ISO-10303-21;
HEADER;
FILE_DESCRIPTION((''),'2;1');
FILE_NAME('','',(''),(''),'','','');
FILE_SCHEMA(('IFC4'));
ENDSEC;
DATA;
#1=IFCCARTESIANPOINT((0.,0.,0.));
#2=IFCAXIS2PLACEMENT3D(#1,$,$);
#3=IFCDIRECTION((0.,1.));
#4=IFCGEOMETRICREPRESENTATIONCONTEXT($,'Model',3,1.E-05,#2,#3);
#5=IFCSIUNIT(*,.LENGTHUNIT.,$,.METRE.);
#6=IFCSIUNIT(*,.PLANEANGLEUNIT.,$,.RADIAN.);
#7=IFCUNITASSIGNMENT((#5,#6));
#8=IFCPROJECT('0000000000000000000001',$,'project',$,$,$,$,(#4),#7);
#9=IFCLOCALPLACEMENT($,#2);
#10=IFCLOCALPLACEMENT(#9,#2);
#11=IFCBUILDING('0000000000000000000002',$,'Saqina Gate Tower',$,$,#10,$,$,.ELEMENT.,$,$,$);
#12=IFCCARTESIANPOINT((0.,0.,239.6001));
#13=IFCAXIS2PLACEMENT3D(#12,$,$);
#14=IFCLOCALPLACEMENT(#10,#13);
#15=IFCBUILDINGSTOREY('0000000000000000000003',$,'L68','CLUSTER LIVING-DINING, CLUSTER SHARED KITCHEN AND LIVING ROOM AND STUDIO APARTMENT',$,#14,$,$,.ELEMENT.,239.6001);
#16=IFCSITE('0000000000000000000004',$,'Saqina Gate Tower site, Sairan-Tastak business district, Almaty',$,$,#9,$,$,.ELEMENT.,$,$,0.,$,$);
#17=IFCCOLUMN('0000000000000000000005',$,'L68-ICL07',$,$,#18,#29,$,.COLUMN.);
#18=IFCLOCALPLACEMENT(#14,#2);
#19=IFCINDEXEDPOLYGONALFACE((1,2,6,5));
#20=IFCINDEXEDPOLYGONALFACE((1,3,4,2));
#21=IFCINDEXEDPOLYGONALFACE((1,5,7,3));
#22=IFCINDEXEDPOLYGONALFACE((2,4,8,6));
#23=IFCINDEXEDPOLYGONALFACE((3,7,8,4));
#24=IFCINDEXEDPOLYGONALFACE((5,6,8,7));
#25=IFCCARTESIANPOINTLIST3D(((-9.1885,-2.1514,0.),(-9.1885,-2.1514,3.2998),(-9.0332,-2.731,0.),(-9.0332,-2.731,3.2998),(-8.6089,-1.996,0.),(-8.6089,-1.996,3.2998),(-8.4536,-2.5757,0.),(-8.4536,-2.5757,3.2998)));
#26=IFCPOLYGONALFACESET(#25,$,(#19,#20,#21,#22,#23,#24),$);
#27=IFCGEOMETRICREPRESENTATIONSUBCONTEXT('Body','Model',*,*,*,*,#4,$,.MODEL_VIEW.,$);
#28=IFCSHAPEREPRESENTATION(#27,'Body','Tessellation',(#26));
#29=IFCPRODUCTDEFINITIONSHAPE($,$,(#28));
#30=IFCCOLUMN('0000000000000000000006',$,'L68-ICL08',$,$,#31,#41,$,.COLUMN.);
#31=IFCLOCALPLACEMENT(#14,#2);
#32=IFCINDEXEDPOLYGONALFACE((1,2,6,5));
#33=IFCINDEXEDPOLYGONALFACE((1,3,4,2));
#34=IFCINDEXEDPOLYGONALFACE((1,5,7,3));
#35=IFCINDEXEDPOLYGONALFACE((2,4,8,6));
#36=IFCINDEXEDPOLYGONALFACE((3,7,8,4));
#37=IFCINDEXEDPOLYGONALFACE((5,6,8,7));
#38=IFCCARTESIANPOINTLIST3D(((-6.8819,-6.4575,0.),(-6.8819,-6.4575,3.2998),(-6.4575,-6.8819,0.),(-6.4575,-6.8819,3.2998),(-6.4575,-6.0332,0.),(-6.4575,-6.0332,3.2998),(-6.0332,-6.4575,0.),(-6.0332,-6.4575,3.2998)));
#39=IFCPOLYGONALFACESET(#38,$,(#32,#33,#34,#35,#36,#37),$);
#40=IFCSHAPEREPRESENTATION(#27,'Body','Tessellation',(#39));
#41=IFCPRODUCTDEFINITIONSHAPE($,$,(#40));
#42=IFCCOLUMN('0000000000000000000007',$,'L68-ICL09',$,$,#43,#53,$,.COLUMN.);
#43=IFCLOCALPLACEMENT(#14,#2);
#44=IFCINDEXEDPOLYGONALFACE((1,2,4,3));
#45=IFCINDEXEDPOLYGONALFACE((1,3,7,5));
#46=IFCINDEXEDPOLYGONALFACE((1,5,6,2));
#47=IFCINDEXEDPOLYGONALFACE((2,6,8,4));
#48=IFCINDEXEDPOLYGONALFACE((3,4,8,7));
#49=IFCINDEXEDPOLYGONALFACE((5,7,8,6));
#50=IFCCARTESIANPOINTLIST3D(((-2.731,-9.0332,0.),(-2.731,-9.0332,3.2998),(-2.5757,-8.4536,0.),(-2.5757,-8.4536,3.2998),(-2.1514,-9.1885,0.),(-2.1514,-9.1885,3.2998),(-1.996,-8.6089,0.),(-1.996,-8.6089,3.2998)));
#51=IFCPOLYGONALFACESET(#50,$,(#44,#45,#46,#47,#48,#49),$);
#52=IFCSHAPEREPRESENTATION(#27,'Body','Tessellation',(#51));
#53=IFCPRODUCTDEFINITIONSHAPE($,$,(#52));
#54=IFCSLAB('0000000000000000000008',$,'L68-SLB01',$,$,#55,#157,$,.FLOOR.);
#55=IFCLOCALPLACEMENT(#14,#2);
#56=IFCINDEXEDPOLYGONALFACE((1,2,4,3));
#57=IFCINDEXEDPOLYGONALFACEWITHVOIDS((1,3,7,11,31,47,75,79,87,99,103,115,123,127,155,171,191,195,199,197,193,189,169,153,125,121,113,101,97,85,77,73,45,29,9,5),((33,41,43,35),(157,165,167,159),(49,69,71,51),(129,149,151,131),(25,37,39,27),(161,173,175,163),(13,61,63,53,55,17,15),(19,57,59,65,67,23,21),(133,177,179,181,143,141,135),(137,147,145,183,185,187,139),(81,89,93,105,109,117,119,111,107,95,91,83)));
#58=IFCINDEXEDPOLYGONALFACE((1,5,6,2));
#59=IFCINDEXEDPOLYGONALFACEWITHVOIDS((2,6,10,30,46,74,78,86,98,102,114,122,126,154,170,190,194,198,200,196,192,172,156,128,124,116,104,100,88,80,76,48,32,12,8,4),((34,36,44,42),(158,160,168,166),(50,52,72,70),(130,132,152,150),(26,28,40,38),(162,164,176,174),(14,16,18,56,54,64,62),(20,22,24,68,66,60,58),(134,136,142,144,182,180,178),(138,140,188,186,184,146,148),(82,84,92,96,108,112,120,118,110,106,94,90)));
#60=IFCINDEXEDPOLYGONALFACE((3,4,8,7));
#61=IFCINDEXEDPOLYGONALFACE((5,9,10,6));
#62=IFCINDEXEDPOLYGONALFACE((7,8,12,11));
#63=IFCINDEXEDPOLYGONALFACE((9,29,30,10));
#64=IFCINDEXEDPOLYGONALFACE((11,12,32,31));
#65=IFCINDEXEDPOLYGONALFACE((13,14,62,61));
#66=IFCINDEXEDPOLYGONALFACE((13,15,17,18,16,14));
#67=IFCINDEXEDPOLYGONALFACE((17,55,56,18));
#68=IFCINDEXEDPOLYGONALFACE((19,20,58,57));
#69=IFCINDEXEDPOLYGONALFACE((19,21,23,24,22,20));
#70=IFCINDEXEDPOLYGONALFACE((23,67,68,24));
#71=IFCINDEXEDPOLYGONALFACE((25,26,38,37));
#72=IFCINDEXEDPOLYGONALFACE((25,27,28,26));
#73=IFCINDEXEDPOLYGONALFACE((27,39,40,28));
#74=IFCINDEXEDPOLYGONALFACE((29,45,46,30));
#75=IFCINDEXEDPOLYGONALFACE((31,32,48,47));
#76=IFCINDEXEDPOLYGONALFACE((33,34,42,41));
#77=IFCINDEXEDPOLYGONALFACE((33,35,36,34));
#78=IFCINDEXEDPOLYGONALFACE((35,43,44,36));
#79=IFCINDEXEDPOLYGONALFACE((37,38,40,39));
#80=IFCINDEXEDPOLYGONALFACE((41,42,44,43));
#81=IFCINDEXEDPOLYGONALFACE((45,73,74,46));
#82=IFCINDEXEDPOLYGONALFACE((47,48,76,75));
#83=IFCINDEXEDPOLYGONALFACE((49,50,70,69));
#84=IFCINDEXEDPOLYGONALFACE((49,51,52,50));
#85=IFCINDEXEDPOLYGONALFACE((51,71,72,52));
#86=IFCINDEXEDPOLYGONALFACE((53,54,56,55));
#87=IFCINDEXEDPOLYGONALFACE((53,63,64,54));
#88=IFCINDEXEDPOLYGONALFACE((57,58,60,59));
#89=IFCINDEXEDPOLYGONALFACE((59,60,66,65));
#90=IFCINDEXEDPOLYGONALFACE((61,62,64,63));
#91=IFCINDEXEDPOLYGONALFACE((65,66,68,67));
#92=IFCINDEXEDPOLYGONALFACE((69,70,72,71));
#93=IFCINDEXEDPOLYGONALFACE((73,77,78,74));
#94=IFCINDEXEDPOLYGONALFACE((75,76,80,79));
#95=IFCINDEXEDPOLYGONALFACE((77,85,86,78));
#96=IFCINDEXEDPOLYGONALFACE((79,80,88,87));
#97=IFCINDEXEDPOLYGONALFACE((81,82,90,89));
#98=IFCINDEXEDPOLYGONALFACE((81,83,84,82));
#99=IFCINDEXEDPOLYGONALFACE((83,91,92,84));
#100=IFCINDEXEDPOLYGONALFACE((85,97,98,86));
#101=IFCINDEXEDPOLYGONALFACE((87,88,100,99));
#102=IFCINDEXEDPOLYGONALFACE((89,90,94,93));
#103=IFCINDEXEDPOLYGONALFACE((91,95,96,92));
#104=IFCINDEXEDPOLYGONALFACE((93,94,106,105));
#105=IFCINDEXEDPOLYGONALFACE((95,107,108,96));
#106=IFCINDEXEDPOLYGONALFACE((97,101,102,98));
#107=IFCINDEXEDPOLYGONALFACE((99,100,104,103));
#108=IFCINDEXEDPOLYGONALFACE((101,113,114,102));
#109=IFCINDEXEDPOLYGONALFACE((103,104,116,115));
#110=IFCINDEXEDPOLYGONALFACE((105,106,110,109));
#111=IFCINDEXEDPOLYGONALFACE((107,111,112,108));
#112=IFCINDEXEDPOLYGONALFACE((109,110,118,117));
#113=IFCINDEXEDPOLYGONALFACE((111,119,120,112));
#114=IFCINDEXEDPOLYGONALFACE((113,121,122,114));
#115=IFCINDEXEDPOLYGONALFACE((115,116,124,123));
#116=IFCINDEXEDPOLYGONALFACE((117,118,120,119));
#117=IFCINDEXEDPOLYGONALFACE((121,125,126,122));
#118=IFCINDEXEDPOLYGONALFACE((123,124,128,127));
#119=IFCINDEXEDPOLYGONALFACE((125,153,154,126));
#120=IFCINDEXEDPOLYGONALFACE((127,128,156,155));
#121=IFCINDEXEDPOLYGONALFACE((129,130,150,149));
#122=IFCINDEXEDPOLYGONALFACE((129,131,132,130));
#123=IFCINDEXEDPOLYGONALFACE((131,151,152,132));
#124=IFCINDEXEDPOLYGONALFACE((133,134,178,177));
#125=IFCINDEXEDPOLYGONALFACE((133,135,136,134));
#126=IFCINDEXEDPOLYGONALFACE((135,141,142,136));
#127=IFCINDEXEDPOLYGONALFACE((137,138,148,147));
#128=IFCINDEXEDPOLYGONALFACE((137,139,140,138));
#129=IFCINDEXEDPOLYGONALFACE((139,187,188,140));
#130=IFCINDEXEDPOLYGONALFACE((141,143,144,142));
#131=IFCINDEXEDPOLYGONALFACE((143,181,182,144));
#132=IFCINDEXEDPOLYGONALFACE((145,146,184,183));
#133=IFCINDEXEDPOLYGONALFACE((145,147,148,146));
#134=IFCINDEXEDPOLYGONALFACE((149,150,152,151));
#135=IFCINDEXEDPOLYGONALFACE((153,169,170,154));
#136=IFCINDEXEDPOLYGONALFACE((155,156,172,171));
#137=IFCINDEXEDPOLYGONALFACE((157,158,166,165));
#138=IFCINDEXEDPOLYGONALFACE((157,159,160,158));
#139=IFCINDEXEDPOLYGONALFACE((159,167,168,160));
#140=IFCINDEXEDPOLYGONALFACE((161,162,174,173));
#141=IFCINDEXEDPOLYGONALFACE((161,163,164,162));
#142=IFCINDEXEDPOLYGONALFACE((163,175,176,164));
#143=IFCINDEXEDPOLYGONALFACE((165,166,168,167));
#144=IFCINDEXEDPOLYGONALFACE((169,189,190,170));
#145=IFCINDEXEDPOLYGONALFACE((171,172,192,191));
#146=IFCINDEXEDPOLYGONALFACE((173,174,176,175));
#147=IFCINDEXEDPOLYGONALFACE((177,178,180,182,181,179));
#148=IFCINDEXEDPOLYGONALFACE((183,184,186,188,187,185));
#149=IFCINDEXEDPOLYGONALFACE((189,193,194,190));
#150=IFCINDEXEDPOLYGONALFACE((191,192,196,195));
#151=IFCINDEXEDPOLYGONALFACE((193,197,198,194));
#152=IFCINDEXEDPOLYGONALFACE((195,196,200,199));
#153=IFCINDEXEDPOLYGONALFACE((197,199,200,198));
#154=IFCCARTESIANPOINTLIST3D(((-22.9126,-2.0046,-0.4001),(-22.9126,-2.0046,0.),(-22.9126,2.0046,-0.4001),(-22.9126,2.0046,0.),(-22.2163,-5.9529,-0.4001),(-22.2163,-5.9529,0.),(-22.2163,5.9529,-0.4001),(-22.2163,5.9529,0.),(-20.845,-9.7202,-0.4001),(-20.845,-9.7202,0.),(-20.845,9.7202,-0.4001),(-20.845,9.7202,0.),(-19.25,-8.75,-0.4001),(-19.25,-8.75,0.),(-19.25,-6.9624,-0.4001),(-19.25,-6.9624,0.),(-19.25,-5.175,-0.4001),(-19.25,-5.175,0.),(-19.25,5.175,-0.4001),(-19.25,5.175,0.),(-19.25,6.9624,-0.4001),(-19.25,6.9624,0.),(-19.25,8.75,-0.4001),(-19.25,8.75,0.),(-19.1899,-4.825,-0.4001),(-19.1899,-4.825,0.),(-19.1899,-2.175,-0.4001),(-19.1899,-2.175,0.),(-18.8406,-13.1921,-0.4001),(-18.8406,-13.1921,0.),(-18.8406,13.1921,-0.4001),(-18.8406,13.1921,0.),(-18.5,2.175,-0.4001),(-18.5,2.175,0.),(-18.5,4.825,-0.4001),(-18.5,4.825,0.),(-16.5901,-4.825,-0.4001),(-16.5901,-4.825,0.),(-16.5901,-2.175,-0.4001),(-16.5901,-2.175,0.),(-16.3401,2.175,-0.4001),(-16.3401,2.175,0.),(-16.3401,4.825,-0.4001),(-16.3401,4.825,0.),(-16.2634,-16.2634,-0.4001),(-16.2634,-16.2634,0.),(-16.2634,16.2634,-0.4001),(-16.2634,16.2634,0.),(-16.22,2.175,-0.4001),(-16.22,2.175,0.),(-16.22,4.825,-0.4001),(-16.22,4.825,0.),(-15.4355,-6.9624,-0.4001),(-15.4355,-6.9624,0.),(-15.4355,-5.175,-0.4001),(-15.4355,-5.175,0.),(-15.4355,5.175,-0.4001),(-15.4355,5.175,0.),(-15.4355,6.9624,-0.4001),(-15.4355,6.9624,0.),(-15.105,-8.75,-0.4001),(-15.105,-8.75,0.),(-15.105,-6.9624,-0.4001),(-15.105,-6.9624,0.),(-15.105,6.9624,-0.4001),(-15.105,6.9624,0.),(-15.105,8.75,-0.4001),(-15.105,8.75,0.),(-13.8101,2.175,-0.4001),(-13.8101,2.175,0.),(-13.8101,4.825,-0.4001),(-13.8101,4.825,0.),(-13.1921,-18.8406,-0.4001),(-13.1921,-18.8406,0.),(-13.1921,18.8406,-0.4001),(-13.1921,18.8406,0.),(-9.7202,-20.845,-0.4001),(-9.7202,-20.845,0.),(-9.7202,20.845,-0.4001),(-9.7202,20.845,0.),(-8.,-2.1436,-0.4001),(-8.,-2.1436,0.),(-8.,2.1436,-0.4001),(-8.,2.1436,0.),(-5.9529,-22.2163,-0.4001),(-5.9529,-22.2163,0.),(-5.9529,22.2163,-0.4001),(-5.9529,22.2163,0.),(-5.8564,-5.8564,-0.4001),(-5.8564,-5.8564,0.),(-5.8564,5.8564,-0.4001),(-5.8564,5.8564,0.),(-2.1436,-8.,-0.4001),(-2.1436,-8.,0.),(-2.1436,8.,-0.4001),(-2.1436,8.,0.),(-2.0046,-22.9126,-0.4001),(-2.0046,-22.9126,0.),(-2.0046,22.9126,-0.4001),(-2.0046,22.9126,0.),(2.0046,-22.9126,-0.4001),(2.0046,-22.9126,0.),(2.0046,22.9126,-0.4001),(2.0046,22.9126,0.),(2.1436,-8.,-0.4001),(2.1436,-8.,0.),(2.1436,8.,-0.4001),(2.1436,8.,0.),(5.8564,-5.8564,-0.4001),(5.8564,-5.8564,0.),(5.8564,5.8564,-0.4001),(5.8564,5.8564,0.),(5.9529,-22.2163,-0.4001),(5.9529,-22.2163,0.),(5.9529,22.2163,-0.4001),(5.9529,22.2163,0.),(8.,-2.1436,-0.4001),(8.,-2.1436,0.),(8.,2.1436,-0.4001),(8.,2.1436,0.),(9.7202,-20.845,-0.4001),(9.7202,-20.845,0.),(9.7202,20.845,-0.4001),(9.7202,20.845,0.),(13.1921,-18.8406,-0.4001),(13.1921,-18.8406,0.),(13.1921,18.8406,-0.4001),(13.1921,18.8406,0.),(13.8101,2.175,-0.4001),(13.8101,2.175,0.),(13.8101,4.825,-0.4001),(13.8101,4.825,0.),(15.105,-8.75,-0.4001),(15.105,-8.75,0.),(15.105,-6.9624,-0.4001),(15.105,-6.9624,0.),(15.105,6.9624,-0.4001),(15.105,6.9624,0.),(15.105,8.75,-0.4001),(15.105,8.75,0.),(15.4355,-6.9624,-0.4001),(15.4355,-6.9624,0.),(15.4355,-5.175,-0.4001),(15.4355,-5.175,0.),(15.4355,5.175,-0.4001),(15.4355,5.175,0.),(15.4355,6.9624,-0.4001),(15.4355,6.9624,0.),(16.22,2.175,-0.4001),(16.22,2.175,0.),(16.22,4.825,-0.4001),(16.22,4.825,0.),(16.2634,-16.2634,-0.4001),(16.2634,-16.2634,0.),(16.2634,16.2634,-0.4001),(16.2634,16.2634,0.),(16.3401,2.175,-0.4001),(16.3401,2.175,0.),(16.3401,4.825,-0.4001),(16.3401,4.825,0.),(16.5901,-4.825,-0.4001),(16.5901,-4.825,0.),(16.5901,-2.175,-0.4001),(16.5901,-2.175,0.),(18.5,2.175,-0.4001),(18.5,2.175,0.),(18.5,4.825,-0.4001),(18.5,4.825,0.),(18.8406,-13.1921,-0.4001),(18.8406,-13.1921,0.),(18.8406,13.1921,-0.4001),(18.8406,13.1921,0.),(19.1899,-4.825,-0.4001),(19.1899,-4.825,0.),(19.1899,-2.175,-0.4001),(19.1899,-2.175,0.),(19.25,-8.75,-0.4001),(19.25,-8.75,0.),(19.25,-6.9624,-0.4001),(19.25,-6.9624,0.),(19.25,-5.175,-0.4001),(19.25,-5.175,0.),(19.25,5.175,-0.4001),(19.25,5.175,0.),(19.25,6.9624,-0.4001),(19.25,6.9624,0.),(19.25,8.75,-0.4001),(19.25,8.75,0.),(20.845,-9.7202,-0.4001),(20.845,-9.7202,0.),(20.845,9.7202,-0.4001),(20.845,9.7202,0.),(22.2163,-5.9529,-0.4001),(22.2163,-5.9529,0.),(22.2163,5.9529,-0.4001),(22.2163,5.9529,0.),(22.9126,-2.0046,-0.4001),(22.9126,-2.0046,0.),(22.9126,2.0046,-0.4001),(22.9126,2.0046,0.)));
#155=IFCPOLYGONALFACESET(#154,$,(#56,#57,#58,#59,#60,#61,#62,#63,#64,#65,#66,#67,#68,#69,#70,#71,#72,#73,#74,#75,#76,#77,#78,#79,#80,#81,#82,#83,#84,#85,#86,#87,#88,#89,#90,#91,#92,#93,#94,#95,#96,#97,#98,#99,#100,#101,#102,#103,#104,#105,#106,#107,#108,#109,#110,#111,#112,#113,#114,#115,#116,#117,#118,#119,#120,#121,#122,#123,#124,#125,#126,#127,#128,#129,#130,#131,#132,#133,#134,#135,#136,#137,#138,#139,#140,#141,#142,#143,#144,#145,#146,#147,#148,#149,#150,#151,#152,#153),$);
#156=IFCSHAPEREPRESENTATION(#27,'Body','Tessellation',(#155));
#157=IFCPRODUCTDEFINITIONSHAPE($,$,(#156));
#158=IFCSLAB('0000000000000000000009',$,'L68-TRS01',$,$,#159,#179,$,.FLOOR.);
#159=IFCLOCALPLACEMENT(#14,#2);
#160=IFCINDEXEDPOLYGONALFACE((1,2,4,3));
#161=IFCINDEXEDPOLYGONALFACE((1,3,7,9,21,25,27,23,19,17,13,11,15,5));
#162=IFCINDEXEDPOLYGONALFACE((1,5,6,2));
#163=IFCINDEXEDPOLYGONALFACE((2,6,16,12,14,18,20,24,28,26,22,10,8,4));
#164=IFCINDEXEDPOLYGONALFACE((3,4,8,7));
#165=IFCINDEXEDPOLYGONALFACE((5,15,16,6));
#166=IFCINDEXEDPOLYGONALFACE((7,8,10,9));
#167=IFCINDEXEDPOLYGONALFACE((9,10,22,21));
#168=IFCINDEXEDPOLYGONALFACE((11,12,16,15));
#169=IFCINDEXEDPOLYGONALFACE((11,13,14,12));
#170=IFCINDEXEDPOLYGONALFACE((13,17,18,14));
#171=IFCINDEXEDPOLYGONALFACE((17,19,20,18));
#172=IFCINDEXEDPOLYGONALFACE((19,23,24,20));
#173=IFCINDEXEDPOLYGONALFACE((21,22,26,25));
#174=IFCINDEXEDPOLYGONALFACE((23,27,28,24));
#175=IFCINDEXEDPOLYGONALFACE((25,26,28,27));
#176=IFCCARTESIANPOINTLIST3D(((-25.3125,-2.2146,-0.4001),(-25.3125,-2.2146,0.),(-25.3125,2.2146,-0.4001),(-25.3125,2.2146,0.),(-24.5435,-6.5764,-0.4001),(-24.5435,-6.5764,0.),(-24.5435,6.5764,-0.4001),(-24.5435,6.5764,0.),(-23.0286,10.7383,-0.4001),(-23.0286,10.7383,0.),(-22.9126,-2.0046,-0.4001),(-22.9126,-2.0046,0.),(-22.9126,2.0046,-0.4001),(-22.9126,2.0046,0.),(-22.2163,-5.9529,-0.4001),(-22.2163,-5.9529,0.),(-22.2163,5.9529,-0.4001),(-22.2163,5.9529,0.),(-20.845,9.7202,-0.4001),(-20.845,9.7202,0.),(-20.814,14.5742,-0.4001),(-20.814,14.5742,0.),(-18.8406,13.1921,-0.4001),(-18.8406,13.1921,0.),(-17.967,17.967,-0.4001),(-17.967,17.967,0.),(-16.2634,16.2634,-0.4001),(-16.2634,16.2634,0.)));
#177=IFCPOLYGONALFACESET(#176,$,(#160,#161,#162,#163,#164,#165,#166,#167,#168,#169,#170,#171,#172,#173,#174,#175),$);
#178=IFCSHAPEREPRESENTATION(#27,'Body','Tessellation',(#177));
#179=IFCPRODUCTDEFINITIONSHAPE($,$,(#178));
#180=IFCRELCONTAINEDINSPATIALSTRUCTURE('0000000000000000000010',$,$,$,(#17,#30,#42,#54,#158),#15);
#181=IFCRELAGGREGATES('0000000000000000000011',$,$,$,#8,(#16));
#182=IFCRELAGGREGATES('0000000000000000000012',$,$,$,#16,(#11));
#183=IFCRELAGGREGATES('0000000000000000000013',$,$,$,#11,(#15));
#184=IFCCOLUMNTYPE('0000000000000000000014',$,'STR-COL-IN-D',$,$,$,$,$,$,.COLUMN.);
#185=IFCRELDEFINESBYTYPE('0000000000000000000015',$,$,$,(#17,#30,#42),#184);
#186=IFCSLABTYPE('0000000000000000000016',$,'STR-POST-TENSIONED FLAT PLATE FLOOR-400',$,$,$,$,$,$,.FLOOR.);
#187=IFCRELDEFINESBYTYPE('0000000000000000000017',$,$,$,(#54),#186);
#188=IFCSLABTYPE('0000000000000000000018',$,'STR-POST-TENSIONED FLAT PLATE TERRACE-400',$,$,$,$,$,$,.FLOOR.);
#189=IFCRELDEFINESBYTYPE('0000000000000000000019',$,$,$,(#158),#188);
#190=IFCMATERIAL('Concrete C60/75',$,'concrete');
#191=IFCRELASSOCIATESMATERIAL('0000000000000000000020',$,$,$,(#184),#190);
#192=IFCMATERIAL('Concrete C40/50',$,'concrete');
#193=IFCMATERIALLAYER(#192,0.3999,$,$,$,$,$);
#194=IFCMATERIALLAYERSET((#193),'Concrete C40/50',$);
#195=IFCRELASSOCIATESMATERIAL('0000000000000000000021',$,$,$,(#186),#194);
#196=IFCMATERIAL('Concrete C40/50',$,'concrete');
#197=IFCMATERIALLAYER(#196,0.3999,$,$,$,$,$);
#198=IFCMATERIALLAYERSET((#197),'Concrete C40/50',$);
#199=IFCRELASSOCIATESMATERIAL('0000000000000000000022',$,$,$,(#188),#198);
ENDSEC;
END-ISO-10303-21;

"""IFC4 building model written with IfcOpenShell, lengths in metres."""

from ifc_helpers import new_model, si_unit, direction, frame, origin, origin_2d, place, context, subcontext, project, spatial, polyline, rectangle, outline, extrude, material, layer, layer_set, material_profile, profile_set, type_object, element, save


model = new_model("IFC4")

# Units and contexts
model_context = context("Model", 3, precision=1e-05, world=origin(), true_north=direction((0.0, 1.0)))
body_context = subcontext(model_context, "Body", "Model", "MODEL_VIEW")
ifc_project = project(units=[si_unit("LENGTHUNIT", "METRE"), si_unit("PLANEANGLEUNIT", "RADIAN")], contexts=[model_context])

# Site, building, storey
site_placement = place(None, origin())
site = spatial("IfcSite", under=ifc_project, at=site_placement, Name="Saqina Gate Tower site, Sairan-Tastak business district, Almaty", CompositionType="ELEMENT", RefElevation=0.0)
building_placement = place(site_placement, origin())
building = spatial("IfcBuilding", under=site, at=building_placement, Name="Saqina Gate Tower", CompositionType="ELEMENT")
storey_placement = place(building_placement, frame((0.0, 0.0, 239.6001)))
storey = spatial("IfcBuildingStorey", under=building, at=storey_placement, Name="L68", Description="CLUSTER LIVING-DINING, CLUSTER SHARED KITCHEN AND LIVING ROOM AND STUDIO APARTMENT", CompositionType="ELEMENT", Elevation=239.6001)

# Columns
ifc_material_1 = material(Name="Concrete C60/75", Category="concrete")
ifc_material_profile = material_profile(ifc_material_1, rectangle(XDim=0.6001, YDim=0.6001, at=origin_2d()), Name="RC 600x600")
ifc_profile_set = profile_set([ifc_material_profile], Name="Concrete C60/75")
column_type = type_object("IfcColumnType", Name="STR-COL-IN-D", PredefinedType="COLUMN", material=ifc_profile_set)
for number, where, z_axis, x_axis, name in (
    (1, (-8.821, -2.3635, 0.0), (0.0, 0.0, 1.0), (-0.965926, -0.258819, 0.0), "L68-ICL07"),
    (2, (-6.4575, -6.4575, 0.0), (0.0, 0.0, 1.0), (-0.707107, -0.707107, 0.0), "L68-ICL08"),
    (3, (-2.3635, -8.821, 0.0), (0.0, 0.0, 1.0), (-0.258819, -0.965926, 0.0), "L68-ICL09"),
):
    element("IfcColumn", number, at=place(storey_placement, frame(where, z_axis=z_axis, x_axis=x_axis)), inside=storey, type_object=column_type, Name=name, PredefinedType="COLUMN", context=body_context, shape_type="SweptSolid", body=[
        extrude(rectangle(XDim=0.6001, YDim=0.6001, at=origin_2d()), origin(), (0.0, 0.0, 1.0), 3.2998),
    ])

# Slabs
ifc_material_2 = material(Name="Concrete C40/50", Category="concrete")
ifc_layer_1 = layer(ifc_material_2, 0.3999)
ifc_layer_set_1 = layer_set([ifc_layer_1], Name="Concrete C40/50")
slab_type_1 = type_object("IfcSlabType", Name="STR-POST-TENSIONED FLAT PLATE FLOOR-400", PredefinedType="FLOOR", material=ifc_layer_set_1)
slab_1_placement = place(storey_placement, frame((0.0, 0.0, -0.4001)))
element("IfcSlab", 4, at=slab_1_placement, inside=storey, type_object=slab_type_1, Name="L68-SLB01", PredefinedType="FLOOR", context=body_context, shape_type="SweptSolid", body=[
    extrude(outline(polyline([(22.2163, -5.9529), (22.9126, -2.0046), (22.9126, 2.0046), (22.2163, 5.9529), (20.845, 9.7202), (18.8406, 13.1921), (16.2634, 16.2634), (13.1921, 18.8406), (9.7202, 20.845), (5.9529, 22.2163), (2.0046, 22.9126), (-2.0046, 22.9126), (-5.9529, 22.2163), (-9.7202, 20.845), (-13.1921, 18.8406), (-16.2634, 16.2634), (-18.8406, 13.1921), (-20.845, 9.7202), (-22.2163, 5.9529), (-22.9126, 2.0046), (-22.9126, -2.0046), (-22.2163, -5.9529), (-20.845, -9.7202), (-18.8406, -13.1921), (-16.2634, -16.2634), (-13.1921, -18.8406), (-9.7202, -20.845), (-5.9529, -22.2163), (-2.0046, -22.9126), (2.0046, -22.9126), (5.9529, -22.2163), (9.7202, -20.845), (13.1921, -18.8406), (16.2634, -16.2634), (18.8406, -13.1921), (20.845, -9.7202), (22.2163, -5.9529)]), holes=[polyline([(2.1436, 8.0), (5.8564, 5.8564), (8.0, 2.1436), (8.0, -2.1436), (5.8564, -5.8564), (2.1436, -8.0), (-2.1436, -8.0), (-5.8564, -5.8564), (-8.0, -2.1436), (-8.0, 2.1436), (-5.8564, 5.8564), (-2.1436, 8.0), (2.1436, 8.0)]), polyline([(-15.105, -8.75), (-19.25, -8.75), (-19.25, -6.9624), (-19.25, -5.175), (-15.4355, -5.175), (-15.4355, -6.9624), (-15.105, -6.9624), (-15.105, -8.75)]), polyline([(-16.5901, -2.175), (-16.5901, -4.825), (-19.1899, -4.825), (-19.1899, -2.175), (-16.5901, -2.175)]), polyline([(-16.3401, 4.825), (-16.3401, 2.175), (-18.5, 2.175), (-18.5, 4.825), (-16.3401, 4.825)]), polyline([(-13.8101, 4.825), (-13.8101, 2.175), (-16.22, 2.175), (-16.22, 4.825), (-13.8101, 4.825)]), polyline([(-19.25, 6.9624), (-19.25, 8.75), (-15.105, 8.75), (-15.105, 6.9624), (-15.4355, 6.9624), (-15.4355, 5.175), (-19.25, 5.175), (-19.25, 6.9624)]), polyline([(15.105, -8.75), (15.105, -6.9624), (15.4355, -6.9624), (15.4355, -5.175), (19.25, -5.175), (19.25, -6.9624), (19.25, -8.75), (15.105, -8.75)]), polyline([(19.1899, -2.175), (19.1899, -4.825), (16.5901, -4.825), (16.5901, -2.175), (19.1899, -2.175)]), polyline([(16.22, 4.825), (16.22, 2.175), (13.8101, 2.175), (13.8101, 4.825), (16.22, 4.825)]), polyline([(18.5, 4.825), (18.5, 2.175), (16.3401, 2.175), (16.3401, 4.825), (18.5, 4.825)]), polyline([(15.4355, 6.9624), (15.105, 6.9624), (15.105, 8.75), (19.25, 8.75), (19.25, 6.9624), (19.25, 5.175), (15.4355, 5.175), (15.4355, 6.9624)])]), origin(), (0.0, 0.0, 1.0), 0.4001),
])
ifc_material_3 = material(Name="Concrete C40/50", Category="concrete")
ifc_layer_2 = layer(ifc_material_3, 0.3999)
ifc_layer_set_2 = layer_set([ifc_layer_2], Name="Concrete C40/50")
slab_type_2 = type_object("IfcSlabType", Name="STR-POST-TENSIONED FLAT PLATE TERRACE-400", PredefinedType="FLOOR", material=ifc_layer_set_2)
slab_2_placement = place(storey_placement, frame((0.0, 0.0, -0.4001)))
element("IfcSlab", 5, at=slab_2_placement, inside=storey, type_object=slab_type_2, Name="L68-TRS01", PredefinedType="FLOOR", context=body_context, shape_type="SweptSolid", body=[
    extrude(outline(polyline([(-16.2634, 16.2634), (-18.8406, 13.1921), (-20.845, 9.7202), (-22.2163, 5.9529), (-22.9126, 2.0046), (-22.9126, -2.0046), (-22.2163, -5.9529), (-24.5435, -6.5764), (-25.3125, -2.2146), (-25.3125, 2.2146), (-24.5435, 6.5764), (-23.0286, 10.7383), (-20.814, 14.5742), (-17.967, 17.967), (-16.2634, 16.2634)])), origin(), (0.0, 0.0, 1.0), 0.4001),
])

save(model, "model.ifc")
